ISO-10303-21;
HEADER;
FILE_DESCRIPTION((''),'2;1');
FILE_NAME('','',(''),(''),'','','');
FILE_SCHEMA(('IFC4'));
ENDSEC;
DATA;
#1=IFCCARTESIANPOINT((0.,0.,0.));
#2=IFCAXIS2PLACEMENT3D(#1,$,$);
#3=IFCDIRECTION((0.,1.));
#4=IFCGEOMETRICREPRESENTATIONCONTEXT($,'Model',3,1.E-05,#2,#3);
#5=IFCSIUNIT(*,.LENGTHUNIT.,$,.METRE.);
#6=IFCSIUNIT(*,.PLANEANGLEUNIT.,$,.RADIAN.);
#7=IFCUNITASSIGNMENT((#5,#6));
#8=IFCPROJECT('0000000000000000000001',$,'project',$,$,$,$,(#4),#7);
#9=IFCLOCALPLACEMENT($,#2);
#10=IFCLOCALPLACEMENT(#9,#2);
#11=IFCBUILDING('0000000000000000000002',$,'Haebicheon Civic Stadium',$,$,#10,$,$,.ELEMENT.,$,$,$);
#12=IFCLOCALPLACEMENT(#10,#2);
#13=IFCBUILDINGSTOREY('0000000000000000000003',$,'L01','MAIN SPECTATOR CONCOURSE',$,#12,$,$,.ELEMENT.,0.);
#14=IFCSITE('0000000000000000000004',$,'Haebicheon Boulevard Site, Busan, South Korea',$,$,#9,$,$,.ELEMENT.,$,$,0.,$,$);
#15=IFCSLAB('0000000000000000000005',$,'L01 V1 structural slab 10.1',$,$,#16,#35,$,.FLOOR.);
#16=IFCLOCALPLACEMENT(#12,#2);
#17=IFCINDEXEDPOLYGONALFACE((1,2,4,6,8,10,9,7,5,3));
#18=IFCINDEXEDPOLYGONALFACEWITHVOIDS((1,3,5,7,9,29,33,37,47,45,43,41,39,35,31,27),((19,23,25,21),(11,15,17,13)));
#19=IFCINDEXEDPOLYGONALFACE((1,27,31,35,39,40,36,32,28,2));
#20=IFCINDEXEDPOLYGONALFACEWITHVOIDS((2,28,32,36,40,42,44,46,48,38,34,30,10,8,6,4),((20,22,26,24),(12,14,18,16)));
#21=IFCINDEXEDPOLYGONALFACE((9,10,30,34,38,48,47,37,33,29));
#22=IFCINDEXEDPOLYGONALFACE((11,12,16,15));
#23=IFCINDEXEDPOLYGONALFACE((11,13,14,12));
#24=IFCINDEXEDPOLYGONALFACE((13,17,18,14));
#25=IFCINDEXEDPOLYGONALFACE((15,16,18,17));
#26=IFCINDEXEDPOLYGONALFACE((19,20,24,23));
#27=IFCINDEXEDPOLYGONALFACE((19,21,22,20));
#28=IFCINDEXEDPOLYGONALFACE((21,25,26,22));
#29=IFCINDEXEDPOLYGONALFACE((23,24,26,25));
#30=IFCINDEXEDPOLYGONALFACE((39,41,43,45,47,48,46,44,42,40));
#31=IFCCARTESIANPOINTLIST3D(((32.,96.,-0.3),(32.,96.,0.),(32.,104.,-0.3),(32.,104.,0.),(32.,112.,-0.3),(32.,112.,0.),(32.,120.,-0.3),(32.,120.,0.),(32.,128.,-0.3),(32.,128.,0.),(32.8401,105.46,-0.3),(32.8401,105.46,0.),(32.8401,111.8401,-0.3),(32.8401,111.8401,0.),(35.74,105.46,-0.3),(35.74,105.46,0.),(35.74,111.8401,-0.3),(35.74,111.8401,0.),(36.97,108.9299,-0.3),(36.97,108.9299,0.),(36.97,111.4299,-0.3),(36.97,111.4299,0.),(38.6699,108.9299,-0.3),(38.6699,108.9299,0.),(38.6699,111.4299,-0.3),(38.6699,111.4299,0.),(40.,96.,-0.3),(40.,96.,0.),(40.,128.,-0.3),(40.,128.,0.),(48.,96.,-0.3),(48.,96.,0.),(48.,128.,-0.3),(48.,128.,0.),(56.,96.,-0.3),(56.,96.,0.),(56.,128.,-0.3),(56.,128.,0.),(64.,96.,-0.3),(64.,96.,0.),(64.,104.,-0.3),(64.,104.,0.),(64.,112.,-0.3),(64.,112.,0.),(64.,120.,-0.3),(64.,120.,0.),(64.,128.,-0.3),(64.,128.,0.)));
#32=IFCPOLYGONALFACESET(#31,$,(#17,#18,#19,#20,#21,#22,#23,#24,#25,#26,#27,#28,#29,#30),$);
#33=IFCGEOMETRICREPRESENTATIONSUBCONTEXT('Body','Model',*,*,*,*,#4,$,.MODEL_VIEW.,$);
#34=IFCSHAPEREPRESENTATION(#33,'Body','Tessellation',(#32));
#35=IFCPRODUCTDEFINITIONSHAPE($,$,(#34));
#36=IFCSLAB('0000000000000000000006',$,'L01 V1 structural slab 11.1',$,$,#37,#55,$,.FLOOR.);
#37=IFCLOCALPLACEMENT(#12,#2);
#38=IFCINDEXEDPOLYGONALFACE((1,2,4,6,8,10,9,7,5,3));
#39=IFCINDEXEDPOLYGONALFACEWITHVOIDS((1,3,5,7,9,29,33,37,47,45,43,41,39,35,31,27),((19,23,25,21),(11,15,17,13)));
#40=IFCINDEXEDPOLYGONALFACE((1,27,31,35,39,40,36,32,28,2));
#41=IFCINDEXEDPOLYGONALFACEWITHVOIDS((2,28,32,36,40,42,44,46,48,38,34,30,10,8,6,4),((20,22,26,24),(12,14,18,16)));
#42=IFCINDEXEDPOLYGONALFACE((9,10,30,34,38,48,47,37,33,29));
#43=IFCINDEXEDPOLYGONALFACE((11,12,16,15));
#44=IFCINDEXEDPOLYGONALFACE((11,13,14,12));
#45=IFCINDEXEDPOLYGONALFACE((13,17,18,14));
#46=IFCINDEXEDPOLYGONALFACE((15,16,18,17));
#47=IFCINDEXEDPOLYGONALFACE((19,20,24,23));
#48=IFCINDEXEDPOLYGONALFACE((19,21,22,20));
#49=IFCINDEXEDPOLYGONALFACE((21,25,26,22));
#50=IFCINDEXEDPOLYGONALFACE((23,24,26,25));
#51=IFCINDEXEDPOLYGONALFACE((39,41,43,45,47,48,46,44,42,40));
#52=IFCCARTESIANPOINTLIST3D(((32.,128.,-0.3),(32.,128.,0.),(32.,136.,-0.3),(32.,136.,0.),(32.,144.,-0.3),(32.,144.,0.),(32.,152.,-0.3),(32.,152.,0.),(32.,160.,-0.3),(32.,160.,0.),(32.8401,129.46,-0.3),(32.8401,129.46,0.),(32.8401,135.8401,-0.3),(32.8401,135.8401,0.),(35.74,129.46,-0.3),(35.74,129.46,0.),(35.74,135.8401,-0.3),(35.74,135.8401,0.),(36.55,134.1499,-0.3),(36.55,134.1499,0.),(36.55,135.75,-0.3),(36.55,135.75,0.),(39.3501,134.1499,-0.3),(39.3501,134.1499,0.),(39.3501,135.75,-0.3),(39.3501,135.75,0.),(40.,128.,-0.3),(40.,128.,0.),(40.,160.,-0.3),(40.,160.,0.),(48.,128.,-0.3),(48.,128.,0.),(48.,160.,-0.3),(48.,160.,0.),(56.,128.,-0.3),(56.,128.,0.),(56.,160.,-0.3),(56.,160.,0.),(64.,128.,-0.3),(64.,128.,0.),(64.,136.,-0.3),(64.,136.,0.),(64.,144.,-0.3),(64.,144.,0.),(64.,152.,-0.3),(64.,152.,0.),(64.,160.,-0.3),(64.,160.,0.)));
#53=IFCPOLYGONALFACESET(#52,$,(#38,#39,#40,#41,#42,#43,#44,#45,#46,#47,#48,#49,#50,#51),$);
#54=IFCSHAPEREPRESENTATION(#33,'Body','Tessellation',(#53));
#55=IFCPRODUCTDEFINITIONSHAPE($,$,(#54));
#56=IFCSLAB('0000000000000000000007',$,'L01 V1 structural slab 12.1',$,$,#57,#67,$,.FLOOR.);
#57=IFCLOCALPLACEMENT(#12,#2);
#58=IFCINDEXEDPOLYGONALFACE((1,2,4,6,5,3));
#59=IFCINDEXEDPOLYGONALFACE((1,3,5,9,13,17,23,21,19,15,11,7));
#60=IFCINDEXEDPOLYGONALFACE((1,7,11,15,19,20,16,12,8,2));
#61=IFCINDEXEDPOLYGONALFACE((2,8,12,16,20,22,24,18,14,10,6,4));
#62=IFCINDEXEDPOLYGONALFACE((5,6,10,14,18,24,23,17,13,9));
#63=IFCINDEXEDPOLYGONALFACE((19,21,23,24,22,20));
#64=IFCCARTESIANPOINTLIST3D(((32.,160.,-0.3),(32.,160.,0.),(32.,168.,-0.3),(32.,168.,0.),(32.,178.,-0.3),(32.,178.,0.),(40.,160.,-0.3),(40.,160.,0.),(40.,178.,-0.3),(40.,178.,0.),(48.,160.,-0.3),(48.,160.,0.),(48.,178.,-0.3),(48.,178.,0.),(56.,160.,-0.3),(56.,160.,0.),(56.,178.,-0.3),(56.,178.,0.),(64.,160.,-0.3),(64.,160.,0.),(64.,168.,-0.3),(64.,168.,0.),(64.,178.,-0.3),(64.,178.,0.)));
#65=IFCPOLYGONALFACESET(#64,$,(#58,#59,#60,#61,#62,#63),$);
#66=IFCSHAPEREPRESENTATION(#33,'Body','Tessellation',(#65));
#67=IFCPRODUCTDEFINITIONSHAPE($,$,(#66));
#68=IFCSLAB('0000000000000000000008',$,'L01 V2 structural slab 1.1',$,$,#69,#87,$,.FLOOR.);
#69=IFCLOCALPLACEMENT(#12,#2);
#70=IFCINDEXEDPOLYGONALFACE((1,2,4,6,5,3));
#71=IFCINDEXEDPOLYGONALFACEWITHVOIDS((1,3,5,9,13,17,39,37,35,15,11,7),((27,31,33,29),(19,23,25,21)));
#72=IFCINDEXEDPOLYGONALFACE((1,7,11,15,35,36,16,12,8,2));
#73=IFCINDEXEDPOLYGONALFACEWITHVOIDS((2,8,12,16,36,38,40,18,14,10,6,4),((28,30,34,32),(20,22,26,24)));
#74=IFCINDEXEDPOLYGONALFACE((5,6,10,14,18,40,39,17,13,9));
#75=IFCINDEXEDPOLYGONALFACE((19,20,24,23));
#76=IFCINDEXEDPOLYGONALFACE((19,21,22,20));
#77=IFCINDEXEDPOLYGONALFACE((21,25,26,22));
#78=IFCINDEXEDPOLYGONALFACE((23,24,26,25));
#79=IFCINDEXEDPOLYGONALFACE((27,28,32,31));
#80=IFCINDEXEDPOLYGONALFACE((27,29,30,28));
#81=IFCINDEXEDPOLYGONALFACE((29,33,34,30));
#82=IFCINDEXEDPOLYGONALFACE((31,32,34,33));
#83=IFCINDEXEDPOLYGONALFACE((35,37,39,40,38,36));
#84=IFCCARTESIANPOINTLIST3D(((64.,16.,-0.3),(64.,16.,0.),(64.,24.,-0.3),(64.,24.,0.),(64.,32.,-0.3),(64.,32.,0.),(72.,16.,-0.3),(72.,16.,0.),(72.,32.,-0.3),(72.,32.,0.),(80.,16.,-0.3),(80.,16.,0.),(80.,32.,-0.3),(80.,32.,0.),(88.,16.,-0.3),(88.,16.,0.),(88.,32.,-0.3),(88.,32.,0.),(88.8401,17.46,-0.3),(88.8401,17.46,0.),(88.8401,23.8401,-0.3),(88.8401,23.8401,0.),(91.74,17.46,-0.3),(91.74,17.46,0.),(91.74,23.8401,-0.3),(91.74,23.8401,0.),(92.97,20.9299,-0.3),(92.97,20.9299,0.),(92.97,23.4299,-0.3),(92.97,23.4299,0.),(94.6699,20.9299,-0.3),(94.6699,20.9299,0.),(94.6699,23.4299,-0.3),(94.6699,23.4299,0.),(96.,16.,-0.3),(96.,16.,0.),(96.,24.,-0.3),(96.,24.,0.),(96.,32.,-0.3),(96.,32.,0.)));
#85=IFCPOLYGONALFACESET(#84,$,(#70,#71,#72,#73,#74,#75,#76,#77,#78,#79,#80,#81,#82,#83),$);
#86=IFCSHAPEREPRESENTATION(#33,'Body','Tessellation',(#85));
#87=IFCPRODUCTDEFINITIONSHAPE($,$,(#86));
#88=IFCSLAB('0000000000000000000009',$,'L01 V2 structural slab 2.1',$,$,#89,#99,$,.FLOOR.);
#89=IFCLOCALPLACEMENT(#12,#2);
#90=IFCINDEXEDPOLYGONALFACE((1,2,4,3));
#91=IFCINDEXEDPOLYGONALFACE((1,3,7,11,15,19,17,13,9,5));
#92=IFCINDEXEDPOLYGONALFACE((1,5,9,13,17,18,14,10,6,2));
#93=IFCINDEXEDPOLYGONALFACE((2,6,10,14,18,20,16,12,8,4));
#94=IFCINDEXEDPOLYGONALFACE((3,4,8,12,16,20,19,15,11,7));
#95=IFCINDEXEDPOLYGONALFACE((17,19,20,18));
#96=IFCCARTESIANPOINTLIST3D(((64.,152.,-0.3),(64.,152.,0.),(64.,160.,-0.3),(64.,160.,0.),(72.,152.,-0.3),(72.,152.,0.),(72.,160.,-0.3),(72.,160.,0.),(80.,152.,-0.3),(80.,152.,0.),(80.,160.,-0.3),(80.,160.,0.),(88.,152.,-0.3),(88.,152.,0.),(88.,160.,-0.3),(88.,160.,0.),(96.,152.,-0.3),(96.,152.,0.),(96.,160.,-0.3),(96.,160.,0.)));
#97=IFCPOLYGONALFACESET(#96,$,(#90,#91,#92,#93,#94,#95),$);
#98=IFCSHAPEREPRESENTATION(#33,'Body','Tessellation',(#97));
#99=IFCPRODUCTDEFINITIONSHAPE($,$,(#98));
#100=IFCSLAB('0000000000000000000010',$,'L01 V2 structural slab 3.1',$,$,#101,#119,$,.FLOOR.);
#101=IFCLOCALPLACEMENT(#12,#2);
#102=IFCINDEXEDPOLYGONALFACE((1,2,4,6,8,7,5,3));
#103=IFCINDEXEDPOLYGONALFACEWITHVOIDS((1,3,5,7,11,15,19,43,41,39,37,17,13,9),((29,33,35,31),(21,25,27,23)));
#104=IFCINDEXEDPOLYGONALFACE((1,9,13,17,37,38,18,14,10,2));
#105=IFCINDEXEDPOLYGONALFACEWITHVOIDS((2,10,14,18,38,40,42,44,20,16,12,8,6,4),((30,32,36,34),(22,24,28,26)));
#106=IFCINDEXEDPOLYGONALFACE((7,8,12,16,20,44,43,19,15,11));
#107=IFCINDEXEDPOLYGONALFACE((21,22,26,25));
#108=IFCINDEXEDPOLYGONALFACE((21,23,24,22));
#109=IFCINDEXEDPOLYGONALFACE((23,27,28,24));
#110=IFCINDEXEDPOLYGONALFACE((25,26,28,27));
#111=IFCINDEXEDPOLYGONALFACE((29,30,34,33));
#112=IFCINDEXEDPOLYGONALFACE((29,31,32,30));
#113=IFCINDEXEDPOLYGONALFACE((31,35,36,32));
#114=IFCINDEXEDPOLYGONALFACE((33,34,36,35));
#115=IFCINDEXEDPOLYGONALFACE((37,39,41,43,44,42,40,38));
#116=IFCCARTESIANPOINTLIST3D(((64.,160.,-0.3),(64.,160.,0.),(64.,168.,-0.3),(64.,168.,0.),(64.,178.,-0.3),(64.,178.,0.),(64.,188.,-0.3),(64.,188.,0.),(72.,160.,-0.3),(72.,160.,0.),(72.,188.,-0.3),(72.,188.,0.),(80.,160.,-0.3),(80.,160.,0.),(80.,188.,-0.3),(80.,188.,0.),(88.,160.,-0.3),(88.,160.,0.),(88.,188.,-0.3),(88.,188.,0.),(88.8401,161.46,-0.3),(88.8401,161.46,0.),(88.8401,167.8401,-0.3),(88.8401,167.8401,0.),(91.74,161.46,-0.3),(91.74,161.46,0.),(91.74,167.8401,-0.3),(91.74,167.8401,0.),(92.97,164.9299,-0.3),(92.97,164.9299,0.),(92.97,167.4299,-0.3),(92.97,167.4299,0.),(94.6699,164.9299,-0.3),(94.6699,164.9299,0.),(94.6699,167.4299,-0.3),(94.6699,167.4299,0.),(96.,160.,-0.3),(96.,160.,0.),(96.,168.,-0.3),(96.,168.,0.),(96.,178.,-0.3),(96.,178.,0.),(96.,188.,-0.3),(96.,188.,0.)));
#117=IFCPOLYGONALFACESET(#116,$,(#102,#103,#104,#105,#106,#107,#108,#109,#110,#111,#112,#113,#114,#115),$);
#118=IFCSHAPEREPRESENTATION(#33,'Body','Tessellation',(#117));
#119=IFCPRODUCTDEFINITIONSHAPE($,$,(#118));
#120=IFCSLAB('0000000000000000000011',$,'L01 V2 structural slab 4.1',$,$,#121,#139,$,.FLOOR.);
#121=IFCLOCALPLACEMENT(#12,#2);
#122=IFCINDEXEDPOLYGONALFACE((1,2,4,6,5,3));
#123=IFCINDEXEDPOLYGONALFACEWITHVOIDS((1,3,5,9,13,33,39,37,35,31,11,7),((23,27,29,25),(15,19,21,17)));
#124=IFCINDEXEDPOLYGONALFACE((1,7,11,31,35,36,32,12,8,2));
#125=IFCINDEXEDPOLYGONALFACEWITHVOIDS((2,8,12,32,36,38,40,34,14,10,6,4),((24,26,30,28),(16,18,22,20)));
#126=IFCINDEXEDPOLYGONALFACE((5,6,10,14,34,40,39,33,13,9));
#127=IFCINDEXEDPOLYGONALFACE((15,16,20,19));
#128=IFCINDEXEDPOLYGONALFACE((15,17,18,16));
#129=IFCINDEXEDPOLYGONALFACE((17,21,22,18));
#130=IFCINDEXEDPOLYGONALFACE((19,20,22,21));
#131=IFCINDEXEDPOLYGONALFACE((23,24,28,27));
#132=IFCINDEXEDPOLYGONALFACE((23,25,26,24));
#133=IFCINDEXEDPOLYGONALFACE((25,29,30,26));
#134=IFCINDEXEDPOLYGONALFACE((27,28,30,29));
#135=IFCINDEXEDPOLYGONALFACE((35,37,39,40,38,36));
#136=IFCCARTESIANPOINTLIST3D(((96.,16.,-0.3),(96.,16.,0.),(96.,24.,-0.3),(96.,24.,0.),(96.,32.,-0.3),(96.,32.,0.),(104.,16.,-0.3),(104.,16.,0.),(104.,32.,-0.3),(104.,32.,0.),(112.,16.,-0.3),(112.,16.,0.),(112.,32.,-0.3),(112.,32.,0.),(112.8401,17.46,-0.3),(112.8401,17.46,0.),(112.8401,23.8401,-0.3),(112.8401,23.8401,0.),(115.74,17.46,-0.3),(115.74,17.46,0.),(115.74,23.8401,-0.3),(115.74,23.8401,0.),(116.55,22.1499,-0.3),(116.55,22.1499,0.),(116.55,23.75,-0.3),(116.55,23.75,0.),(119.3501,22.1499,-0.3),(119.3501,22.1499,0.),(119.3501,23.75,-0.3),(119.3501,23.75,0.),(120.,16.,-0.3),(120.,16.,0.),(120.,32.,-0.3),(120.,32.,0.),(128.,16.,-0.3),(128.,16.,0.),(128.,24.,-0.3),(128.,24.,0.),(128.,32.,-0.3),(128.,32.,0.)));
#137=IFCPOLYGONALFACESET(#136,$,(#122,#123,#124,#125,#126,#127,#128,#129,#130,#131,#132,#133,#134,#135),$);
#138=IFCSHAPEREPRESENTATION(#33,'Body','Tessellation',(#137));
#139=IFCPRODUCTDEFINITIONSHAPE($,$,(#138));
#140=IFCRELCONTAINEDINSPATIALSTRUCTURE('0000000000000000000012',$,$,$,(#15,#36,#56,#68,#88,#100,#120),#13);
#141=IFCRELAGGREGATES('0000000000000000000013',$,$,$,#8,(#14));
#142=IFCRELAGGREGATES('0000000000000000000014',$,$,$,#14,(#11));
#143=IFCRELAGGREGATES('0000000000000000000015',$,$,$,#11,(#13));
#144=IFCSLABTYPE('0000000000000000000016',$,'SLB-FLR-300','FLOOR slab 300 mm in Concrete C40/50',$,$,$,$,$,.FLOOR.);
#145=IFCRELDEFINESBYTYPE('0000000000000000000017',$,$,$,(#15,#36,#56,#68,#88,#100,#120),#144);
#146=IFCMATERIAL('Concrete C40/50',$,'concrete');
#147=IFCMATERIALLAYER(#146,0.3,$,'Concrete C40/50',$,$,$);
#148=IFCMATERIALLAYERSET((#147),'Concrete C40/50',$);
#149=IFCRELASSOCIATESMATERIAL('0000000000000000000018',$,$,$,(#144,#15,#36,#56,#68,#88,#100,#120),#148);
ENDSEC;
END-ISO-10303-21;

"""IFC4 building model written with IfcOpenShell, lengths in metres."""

from ifc_helpers import new_model, si_unit, direction, frame, origin, place, context, subcontext, project, spatial, polyline, outline, extrude, material, layer, layer_set, type_object, element, save


model = new_model("IFC4")

# Units and contexts
model_context = context("Model", 3, precision=1e-05, world=origin(), true_north=direction((0.0, 1.0)))
body_context = subcontext(model_context, "Body", "Model", "MODEL_VIEW")
ifc_project = project(units=[si_unit("LENGTHUNIT", "METRE"), si_unit("PLANEANGLEUNIT", "RADIAN")], contexts=[model_context])

# Site, building, storey
site_placement = place(None, origin())
site = spatial("IfcSite", under=ifc_project, at=site_placement, Name="Haebicheon Boulevard Site, Busan, South Korea", CompositionType="ELEMENT", RefElevation=0.0)
building_placement = place(site_placement, origin())
building = spatial("IfcBuilding", under=site, at=building_placement, Name="Haebicheon Civic Stadium", CompositionType="ELEMENT")
storey_placement = place(building_placement, origin())
storey = spatial("IfcBuildingStorey", under=building, at=storey_placement, Name="L01", Description="MAIN SPECTATOR CONCOURSE", CompositionType="ELEMENT", Elevation=0.0)

# Slabs
ifc_material_1 = material(Name="Concrete C40/50", Category="concrete")
ifc_layer_1 = layer(ifc_material_1, 0.3, Name="Concrete C40/50")
ifc_layer_set_1 = layer_set([ifc_layer_1], Name="Concrete C40/50")
slab_type_1 = type_object("IfcSlabType", Name="SLB-FLR-300", Description="FLOOR slab 300 mm in Concrete C40/50", PredefinedType="FLOOR", material=ifc_layer_set_1)
slab_1_placement = place(storey_placement, frame((0.0, 0.0, -0.3)))
element("IfcSlab", 1, at=slab_1_placement, inside=storey, type_object=slab_type_1, material=ifc_layer_set_1, Name="L01 V1 structural slab 10.1", PredefinedType="FLOOR", context=body_context, shape_type="SweptSolid", body=[
    extrude(outline(polyline([(32.0, 120.0), (32.0, 128.0), (40.0, 128.0), (48.0, 128.0), (56.0, 128.0), (64.0, 128.0), (64.0, 120.0), (64.0, 112.0), (64.0, 104.0), (64.0, 96.0), (56.0, 96.0), (48.0, 96.0), (40.0, 96.0), (32.0, 96.0), (32.0, 104.0), (32.0, 112.0), (32.0, 120.0)]), holes=[polyline([(32.8401, 105.46), (35.74, 105.46), (35.74, 111.8401), (32.8401, 111.8401), (32.8401, 105.46)]), polyline([(36.97, 108.9299), (38.6699, 108.9299), (38.6699, 111.4299), (36.97, 111.4299), (36.97, 108.9299)])]), origin(), (0.0, 0.0, 1.0), 0.3),
])
slab_2_placement = place(storey_placement, frame((0.0, 0.0, -0.3)))
element("IfcSlab", 2, at=slab_2_placement, inside=storey, type_object=slab_type_1, material=ifc_layer_set_1, Name="L01 V1 structural slab 11.1", PredefinedType="FLOOR", context=body_context, shape_type="SweptSolid", body=[
    extrude(outline(polyline([(32.0, 152.0), (32.0, 160.0), (40.0, 160.0), (48.0, 160.0), (56.0, 160.0), (64.0, 160.0), (64.0, 152.0), (64.0, 144.0), (64.0, 136.0), (64.0, 128.0), (56.0, 128.0), (48.0, 128.0), (40.0, 128.0), (32.0, 128.0), (32.0, 136.0), (32.0, 144.0), (32.0, 152.0)]), holes=[polyline([(32.8401, 129.46), (35.74, 129.46), (35.74, 135.8401), (32.8401, 135.8401), (32.8401, 129.46)]), polyline([(36.55, 134.1499), (39.3501, 134.1499), (39.3501, 135.75), (36.55, 135.75), (36.55, 134.1499)])]), origin(), (0.0, 0.0, 1.0), 0.3),
])
slab_3_placement = place(storey_placement, frame((0.0, 0.0, -0.3)))
element("IfcSlab", 3, at=slab_3_placement, inside=storey, type_object=slab_type_1, material=ifc_layer_set_1, Name="L01 V1 structural slab 12.1", PredefinedType="FLOOR", context=body_context, shape_type="SweptSolid", body=[
    extrude(outline(polyline([(64.0, 160.0), (56.0, 160.0), (48.0, 160.0), (40.0, 160.0), (32.0, 160.0), (32.0, 168.0), (32.0, 178.0), (40.0, 178.0), (48.0, 178.0), (56.0, 178.0), (64.0, 178.0), (64.0, 168.0), (64.0, 160.0)])), origin(), (0.0, 0.0, 1.0), 0.3),
])
slab_4_placement = place(storey_placement, frame((0.0, 0.0, -0.3)))
element("IfcSlab", 4, at=slab_4_placement, inside=storey, type_object=slab_type_1, material=ifc_layer_set_1, Name="L01 V2 structural slab 1.1", PredefinedType="FLOOR", context=body_context, shape_type="SweptSolid", body=[
    extrude(outline(polyline([(96.0, 16.0), (88.0, 16.0), (80.0, 16.0), (72.0, 16.0), (64.0, 16.0), (64.0, 24.0), (64.0, 32.0), (72.0, 32.0), (80.0, 32.0), (88.0, 32.0), (96.0, 32.0), (96.0, 24.0), (96.0, 16.0)]), holes=[polyline([(88.8401, 17.46), (91.74, 17.46), (91.74, 23.8401), (88.8401, 23.8401), (88.8401, 17.46)]), polyline([(92.97, 20.9299), (94.6699, 20.9299), (94.6699, 23.4299), (92.97, 23.4299), (92.97, 20.9299)])]), origin(), (0.0, 0.0, 1.0), 0.3),
])
slab_5_placement = place(storey_placement, frame((0.0, 0.0, -0.3)))
element("IfcSlab", 5, at=slab_5_placement, inside=storey, type_object=slab_type_1, material=ifc_layer_set_1, Name="L01 V2 structural slab 2.1", PredefinedType="FLOOR", context=body_context, shape_type="SweptSolid", body=[
    extrude(outline(polyline([(64.0, 160.0), (72.0, 160.0), (80.0, 160.0), (88.0, 160.0), (96.0, 160.0), (96.0, 152.0), (88.0, 152.0), (80.0, 152.0), (72.0, 152.0), (64.0, 152.0), (64.0, 160.0)])), origin(), (0.0, 0.0, 1.0), 0.3),
])
slab_6_placement = place(storey_placement, frame((0.0, 0.0, -0.3)))
element("IfcSlab", 6, at=slab_6_placement, inside=storey, type_object=slab_type_1, material=ifc_layer_set_1, Name="L01 V2 structural slab 3.1", PredefinedType="FLOOR", context=body_context, shape_type="SweptSolid", body=[
    extrude(outline(polyline([(64.0, 178.0), (64.0, 188.0), (72.0, 188.0), (80.0, 188.0), (88.0, 188.0), (96.0, 188.0), (96.0, 178.0), (96.0, 168.0), (96.0, 160.0), (88.0, 160.0), (80.0, 160.0), (72.0, 160.0), (64.0, 160.0), (64.0, 168.0), (64.0, 178.0)]), holes=[polyline([(88.8401, 161.46), (91.74, 161.46), (91.74, 167.8401), (88.8401, 167.8401), (88.8401, 161.46)]), polyline([(92.97, 164.9299), (94.6699, 164.9299), (94.6699, 167.4299), (92.97, 167.4299), (92.97, 164.9299)])]), origin(), (0.0, 0.0, 1.0), 0.3),
])
slab_7_placement = place(storey_placement, frame((0.0, 0.0, -0.3)))
element("IfcSlab", 7, at=slab_7_placement, inside=storey, type_object=slab_type_1, material=ifc_layer_set_1, Name="L01 V2 structural slab 4.1", PredefinedType="FLOOR", context=body_context, shape_type="SweptSolid", body=[
    extrude(outline(polyline([(128.0, 16.0), (120.0, 16.0), (112.0, 16.0), (104.0, 16.0), (96.0, 16.0), (96.0, 24.0), (96.0, 32.0), (104.0, 32.0), (112.0, 32.0), (120.0, 32.0), (128.0, 32.0), (128.0, 24.0), (128.0, 16.0)]), holes=[polyline([(112.8401, 17.46), (115.74, 17.46), (115.74, 23.8401), (112.8401, 23.8401), (112.8401, 17.46)]), polyline([(116.55, 22.1499), (119.3501, 22.1499), (119.3501, 23.75), (116.55, 23.75), (116.55, 22.1499)])]), origin(), (0.0, 0.0, 1.0), 0.3),
])

save(model, "model.ifc")
